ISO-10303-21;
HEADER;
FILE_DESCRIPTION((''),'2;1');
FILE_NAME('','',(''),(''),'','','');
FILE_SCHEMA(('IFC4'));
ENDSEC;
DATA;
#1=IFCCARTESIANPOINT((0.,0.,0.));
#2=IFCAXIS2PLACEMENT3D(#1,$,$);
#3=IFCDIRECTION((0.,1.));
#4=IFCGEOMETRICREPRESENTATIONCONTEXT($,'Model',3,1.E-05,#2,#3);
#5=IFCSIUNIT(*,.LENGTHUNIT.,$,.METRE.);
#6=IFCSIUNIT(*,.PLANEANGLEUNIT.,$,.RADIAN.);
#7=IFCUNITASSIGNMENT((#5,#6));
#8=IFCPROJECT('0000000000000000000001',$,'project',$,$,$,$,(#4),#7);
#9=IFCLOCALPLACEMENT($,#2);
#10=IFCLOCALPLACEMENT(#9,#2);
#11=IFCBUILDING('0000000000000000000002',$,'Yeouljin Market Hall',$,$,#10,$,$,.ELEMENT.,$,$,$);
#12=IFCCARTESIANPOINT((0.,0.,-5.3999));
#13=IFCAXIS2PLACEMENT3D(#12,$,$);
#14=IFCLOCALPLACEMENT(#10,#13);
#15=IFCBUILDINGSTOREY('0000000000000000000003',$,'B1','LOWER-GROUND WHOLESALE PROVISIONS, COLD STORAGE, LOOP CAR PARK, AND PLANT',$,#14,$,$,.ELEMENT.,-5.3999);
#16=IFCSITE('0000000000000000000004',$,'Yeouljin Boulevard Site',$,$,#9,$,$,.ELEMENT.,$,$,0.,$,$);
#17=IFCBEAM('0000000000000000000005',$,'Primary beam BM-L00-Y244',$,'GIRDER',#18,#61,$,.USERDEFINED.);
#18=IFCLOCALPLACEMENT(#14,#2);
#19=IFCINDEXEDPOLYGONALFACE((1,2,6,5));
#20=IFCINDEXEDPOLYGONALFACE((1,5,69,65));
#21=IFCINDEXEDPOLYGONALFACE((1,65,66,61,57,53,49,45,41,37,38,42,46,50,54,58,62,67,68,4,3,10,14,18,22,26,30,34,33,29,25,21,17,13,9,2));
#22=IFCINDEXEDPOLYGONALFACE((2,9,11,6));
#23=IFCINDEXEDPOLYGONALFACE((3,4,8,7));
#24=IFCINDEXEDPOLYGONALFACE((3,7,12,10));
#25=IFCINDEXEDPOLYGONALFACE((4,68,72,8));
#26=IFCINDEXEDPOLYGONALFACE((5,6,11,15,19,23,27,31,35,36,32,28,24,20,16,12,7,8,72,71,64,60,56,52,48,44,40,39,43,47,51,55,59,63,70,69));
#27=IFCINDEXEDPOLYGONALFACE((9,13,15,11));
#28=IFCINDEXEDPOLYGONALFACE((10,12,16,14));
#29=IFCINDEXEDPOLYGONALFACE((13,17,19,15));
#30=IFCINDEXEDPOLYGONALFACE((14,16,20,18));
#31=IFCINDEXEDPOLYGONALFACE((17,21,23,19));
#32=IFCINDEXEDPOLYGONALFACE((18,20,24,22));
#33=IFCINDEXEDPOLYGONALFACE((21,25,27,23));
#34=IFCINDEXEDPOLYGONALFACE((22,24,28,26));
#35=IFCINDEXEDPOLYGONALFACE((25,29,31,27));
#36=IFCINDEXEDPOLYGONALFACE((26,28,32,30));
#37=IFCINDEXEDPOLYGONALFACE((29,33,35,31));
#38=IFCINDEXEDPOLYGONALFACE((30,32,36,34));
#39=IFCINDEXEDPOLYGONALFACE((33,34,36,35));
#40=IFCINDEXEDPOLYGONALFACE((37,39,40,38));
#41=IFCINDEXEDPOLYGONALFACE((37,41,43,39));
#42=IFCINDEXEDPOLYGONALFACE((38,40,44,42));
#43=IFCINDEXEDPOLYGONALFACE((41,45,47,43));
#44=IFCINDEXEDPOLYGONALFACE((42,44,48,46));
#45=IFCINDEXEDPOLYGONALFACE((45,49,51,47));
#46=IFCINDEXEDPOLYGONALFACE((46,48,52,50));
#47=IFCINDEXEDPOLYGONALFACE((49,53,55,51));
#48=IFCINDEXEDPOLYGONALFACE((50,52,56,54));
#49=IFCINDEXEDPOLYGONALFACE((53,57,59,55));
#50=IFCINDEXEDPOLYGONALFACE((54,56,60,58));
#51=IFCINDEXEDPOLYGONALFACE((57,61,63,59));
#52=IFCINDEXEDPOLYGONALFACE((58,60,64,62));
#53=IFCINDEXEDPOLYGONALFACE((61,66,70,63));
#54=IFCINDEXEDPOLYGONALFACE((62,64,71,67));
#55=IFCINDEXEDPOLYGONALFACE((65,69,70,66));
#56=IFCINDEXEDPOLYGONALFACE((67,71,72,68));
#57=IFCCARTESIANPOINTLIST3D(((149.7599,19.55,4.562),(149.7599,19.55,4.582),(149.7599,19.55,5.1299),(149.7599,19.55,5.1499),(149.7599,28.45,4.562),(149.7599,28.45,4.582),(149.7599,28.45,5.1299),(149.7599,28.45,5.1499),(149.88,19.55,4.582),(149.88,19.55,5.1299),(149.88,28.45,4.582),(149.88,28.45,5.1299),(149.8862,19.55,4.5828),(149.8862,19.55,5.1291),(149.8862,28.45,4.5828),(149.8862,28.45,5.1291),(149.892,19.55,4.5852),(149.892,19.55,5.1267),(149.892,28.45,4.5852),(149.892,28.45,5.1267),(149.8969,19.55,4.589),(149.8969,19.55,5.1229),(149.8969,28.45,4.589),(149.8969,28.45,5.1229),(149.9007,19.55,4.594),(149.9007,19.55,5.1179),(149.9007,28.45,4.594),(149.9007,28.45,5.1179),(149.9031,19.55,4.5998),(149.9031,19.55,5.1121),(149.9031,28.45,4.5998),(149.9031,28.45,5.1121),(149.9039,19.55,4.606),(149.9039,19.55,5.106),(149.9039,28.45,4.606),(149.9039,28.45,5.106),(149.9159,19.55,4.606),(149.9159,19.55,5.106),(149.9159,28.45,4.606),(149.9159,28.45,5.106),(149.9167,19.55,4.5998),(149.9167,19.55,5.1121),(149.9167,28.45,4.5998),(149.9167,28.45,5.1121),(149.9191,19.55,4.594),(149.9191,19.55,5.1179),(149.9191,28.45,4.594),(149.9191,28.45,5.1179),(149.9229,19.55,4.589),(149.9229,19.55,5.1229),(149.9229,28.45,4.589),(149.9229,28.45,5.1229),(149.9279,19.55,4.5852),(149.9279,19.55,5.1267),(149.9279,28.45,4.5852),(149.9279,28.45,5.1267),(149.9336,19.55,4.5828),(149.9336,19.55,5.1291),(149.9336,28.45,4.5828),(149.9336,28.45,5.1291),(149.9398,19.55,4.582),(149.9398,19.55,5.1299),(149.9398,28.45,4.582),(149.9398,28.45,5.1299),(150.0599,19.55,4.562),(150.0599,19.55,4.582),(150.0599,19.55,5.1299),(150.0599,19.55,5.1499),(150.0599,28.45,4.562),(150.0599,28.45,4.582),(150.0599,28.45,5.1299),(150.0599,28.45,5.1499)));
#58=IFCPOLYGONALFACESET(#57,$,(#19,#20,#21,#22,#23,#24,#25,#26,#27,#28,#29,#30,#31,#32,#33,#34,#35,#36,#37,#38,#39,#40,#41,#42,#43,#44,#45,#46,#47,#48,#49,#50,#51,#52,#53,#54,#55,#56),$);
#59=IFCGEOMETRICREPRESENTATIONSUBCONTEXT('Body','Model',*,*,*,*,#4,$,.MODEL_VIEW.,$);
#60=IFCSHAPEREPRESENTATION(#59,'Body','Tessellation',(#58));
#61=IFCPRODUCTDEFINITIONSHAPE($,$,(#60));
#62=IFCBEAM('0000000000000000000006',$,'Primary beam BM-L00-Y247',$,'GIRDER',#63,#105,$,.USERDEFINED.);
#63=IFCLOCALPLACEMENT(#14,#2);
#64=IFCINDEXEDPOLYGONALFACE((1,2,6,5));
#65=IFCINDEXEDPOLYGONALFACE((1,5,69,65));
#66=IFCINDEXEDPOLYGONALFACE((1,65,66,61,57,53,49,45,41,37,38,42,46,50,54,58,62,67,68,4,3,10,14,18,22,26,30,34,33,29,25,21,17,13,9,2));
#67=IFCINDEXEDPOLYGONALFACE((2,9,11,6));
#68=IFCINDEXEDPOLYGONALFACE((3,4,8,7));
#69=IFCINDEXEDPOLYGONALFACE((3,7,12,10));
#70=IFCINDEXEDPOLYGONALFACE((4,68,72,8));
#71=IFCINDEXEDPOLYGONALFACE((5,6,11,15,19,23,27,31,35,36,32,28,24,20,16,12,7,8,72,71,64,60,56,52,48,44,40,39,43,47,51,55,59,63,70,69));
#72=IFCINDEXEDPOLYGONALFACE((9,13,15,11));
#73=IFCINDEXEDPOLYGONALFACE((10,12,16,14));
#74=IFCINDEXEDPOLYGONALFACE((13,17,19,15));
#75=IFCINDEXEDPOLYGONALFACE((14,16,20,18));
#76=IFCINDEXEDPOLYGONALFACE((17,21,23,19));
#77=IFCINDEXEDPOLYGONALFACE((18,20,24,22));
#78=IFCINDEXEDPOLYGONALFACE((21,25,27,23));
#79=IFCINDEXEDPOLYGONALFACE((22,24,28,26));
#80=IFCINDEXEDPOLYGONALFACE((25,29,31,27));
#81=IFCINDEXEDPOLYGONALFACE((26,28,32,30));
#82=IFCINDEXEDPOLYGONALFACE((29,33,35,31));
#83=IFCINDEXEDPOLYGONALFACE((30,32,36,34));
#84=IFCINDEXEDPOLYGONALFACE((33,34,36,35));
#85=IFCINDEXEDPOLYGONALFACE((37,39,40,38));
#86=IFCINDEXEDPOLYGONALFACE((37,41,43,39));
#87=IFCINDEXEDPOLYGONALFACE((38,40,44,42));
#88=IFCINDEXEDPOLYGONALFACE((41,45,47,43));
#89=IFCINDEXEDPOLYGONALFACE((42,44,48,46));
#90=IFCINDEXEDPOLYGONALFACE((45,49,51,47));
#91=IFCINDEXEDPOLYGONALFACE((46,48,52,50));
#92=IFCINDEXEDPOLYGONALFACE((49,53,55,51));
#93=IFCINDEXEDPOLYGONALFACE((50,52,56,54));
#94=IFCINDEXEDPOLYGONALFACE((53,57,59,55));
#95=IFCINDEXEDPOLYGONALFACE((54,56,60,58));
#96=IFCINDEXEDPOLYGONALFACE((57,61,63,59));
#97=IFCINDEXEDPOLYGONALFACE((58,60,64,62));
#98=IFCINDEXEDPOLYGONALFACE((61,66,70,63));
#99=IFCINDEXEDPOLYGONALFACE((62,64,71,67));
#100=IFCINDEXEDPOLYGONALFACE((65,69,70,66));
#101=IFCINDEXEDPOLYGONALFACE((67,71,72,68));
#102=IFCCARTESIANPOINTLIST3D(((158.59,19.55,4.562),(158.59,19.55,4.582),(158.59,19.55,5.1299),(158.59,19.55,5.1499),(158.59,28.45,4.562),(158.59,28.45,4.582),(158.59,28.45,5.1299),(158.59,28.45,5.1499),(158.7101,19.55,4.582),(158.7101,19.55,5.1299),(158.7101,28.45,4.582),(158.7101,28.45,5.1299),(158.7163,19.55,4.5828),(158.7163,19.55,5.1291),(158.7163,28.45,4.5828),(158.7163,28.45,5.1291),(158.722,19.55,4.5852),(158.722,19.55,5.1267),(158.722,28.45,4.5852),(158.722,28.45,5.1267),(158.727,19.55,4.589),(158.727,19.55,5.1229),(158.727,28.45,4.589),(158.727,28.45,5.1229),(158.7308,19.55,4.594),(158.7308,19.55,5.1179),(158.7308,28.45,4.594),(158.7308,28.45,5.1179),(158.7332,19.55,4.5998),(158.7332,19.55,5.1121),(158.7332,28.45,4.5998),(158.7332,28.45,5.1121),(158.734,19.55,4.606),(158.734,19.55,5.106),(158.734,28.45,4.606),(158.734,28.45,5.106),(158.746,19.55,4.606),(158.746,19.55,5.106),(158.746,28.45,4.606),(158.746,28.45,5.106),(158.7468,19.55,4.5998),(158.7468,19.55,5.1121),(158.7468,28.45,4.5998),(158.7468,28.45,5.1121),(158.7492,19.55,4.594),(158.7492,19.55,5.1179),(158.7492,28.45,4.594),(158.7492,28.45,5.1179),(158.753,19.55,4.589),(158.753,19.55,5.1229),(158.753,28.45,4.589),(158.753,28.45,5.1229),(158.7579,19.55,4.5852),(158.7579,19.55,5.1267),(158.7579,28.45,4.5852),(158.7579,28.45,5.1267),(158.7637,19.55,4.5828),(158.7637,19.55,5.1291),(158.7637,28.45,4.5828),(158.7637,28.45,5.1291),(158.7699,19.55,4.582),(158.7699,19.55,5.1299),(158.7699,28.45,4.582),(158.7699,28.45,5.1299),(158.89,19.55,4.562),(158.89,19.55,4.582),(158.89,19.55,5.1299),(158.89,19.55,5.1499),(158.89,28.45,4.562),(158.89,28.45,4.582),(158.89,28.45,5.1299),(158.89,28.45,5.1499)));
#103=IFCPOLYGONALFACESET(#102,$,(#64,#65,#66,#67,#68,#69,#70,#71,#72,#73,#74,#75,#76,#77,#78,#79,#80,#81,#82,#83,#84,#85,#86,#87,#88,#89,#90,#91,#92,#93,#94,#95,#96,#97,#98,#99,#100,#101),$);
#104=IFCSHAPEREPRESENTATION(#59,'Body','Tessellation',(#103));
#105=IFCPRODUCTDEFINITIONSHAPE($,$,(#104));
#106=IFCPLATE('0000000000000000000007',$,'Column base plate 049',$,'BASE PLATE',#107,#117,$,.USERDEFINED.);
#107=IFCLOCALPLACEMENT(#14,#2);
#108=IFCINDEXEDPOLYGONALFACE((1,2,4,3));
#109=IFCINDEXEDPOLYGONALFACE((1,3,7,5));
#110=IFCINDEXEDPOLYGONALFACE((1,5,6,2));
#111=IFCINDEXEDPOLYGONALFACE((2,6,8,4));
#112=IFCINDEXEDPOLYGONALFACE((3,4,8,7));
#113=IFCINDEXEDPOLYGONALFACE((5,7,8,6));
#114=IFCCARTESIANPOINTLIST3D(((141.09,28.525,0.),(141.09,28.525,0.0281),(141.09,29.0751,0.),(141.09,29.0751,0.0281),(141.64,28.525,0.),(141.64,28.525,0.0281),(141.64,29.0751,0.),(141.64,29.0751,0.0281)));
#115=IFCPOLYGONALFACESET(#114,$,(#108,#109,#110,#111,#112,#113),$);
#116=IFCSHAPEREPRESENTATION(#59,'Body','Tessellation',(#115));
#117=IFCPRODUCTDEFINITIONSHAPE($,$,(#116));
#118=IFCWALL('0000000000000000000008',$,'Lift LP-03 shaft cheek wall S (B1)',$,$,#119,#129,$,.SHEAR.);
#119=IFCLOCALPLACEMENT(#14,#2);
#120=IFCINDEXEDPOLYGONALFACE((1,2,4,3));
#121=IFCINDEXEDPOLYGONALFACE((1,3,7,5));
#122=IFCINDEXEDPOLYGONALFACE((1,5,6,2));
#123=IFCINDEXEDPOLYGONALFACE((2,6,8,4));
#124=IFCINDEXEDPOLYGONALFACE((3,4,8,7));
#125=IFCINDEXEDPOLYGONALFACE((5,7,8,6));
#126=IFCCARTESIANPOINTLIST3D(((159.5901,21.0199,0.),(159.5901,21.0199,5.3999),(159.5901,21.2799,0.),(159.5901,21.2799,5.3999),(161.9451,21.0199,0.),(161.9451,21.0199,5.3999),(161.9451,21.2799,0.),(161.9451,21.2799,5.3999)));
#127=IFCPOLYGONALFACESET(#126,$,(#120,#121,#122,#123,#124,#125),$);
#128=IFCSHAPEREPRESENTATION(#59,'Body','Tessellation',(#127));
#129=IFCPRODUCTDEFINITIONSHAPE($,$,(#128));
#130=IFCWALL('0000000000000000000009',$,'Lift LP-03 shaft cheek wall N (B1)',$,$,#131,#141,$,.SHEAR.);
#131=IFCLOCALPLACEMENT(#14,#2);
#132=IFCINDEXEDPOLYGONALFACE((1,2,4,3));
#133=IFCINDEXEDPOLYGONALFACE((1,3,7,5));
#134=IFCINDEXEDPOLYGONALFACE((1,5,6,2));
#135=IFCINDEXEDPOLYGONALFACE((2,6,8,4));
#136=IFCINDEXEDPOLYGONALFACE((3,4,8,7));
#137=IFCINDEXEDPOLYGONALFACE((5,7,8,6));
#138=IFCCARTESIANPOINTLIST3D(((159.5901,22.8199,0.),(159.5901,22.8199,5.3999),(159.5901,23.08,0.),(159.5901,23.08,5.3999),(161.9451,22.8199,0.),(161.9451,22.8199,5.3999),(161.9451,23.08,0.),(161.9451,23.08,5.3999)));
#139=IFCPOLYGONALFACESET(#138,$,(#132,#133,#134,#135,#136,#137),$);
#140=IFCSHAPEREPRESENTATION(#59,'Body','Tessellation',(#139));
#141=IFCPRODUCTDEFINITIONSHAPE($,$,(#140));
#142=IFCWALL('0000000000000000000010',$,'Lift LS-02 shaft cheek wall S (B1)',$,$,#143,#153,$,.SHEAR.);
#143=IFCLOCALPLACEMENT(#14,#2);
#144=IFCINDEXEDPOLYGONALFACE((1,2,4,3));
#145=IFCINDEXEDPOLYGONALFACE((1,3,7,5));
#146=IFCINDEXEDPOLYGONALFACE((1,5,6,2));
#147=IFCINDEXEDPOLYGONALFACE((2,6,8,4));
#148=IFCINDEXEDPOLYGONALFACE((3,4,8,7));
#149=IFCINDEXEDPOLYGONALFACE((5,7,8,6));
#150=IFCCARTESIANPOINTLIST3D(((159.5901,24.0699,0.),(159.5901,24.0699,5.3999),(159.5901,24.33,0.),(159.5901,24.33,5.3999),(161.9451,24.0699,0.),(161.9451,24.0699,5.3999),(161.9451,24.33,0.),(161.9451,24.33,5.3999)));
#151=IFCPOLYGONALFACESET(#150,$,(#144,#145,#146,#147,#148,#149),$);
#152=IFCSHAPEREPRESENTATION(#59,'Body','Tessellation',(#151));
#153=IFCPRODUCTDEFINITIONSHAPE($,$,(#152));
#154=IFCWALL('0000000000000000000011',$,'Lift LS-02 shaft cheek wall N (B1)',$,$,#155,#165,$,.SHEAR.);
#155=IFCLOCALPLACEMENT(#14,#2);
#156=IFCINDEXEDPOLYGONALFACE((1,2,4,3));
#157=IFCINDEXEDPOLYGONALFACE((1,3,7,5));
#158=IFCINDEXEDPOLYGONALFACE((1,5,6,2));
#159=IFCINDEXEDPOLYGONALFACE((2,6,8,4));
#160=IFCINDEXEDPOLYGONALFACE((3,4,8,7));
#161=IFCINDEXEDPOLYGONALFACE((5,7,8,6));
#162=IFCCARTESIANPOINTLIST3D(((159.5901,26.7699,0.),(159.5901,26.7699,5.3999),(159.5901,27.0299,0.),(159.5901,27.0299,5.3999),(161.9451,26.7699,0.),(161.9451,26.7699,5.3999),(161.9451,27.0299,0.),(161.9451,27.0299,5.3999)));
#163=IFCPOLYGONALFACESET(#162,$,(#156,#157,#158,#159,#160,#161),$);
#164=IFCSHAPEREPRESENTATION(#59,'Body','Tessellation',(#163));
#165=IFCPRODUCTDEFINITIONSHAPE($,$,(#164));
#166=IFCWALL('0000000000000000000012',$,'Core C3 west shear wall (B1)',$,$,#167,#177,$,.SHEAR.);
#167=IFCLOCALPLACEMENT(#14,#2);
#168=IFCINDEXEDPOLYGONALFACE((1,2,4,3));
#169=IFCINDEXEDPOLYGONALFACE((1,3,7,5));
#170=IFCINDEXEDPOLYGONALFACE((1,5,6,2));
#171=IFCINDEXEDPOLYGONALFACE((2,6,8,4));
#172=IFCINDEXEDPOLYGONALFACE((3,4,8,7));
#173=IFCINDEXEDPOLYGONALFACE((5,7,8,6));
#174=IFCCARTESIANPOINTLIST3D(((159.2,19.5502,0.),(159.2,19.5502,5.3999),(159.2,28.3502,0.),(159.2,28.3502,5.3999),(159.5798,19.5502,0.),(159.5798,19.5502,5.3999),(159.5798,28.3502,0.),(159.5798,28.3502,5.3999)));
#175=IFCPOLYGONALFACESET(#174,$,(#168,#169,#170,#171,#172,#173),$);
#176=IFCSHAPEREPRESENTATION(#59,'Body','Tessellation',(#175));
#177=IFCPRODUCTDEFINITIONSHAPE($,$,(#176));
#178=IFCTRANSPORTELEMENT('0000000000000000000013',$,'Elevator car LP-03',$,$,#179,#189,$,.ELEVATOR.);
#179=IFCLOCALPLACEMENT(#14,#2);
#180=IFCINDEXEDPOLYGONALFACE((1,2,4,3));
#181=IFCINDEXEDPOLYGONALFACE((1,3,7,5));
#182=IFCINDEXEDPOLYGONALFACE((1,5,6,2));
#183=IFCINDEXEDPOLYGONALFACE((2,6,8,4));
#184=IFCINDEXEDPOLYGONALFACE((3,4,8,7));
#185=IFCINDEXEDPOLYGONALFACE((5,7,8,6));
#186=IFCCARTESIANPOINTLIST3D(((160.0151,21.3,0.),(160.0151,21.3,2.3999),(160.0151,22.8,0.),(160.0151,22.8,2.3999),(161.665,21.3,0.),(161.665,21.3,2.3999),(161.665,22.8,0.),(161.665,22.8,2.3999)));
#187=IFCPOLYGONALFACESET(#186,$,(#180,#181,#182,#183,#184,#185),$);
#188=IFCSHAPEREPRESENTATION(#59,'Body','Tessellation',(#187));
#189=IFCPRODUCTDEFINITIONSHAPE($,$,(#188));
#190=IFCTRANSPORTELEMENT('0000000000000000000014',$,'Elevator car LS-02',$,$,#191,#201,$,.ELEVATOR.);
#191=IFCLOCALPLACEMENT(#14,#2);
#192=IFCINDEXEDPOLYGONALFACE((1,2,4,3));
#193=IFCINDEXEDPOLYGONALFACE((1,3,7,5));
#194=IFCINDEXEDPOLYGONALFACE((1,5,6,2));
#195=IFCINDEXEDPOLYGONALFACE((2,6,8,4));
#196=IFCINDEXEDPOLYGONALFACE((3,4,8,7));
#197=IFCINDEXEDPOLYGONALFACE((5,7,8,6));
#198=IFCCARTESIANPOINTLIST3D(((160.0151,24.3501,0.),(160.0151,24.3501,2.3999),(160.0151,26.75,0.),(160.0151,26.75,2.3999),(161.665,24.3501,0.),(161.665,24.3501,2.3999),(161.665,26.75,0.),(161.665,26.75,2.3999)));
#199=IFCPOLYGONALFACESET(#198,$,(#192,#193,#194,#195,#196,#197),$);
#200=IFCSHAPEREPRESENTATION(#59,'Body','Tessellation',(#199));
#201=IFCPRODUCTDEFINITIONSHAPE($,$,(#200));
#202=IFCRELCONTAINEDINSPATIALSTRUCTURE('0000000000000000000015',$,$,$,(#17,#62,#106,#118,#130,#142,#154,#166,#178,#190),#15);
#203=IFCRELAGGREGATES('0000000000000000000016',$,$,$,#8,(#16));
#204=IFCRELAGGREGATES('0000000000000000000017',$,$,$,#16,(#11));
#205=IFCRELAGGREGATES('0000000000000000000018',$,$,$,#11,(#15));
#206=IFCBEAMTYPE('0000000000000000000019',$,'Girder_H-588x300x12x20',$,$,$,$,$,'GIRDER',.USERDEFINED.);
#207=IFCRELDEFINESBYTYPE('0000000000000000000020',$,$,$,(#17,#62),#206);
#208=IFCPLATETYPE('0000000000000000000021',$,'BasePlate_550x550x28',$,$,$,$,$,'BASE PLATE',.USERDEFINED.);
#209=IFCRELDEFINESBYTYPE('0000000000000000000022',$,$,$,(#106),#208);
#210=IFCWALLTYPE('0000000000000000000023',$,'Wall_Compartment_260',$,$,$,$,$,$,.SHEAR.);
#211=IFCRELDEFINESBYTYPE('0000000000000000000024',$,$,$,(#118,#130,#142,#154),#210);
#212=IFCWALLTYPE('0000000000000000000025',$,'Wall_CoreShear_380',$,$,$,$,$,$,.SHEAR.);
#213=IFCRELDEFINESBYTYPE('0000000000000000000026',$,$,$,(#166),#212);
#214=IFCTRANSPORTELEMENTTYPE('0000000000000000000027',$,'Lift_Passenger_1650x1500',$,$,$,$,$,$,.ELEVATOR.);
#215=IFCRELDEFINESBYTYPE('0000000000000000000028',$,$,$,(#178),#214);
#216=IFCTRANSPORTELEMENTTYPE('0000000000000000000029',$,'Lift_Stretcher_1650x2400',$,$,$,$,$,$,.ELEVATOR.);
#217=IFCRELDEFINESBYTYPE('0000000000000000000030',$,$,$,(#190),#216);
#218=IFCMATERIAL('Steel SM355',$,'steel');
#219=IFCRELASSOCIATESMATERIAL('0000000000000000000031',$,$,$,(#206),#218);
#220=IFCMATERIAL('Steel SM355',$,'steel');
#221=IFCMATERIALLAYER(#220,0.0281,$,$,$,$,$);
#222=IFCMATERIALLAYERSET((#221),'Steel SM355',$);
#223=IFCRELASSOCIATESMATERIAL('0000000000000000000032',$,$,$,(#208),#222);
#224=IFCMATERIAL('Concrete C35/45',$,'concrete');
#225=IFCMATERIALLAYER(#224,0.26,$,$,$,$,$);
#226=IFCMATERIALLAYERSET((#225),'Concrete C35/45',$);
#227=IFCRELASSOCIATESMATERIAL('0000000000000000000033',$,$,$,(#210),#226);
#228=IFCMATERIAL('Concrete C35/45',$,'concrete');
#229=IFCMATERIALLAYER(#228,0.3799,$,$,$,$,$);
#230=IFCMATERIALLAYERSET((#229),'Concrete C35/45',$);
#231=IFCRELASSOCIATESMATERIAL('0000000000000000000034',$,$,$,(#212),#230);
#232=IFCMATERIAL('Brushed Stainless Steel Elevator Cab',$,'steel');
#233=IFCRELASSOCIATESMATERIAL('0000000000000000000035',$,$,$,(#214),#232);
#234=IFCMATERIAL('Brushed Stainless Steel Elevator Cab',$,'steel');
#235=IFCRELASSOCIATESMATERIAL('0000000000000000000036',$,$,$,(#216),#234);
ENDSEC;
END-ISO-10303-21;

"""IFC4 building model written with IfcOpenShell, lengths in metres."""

from ifc_helpers import new_model, si_unit, direction, frame, frame_2d, origin, origin_2d, place, context, subcontext, project, spatial, rectangle, i_section, extrude, material, layer, layer_set, material_profile, profile_set, type_object, element, save


model = new_model("IFC4")

# Units and contexts
model_context = context("Model", 3, precision=1e-05, world=origin(), true_north=direction((0.0, 1.0)))
body_context = subcontext(model_context, "Body", "Model", "MODEL_VIEW")
ifc_project = project(units=[si_unit("LENGTHUNIT", "METRE"), si_unit("PLANEANGLEUNIT", "RADIAN")], contexts=[model_context])

# Site, building, storey
site_placement = place(None, origin())
site = spatial("IfcSite", under=ifc_project, at=site_placement, Name="Yeouljin Boulevard Site", CompositionType="ELEMENT", RefElevation=0.0)
building_placement = place(site_placement, origin())
building = spatial("IfcBuilding", under=site, at=building_placement, Name="Yeouljin Market Hall", CompositionType="ELEMENT")
storey_placement = place(building_placement, frame((0.0, 0.0, -5.3999)))
storey = spatial("IfcBuildingStorey", under=building, at=storey_placement, Name="B1", Description="LOWER-GROUND WHOLESALE PROVISIONS, COLD STORAGE, LOOP CAR PARK, AND PLANT", CompositionType="ELEMENT", Elevation=-5.3999)

# Beams
ifc_material_1 = material(Name="Steel SM355", Category="steel")
ifc_material_profile_1 = material_profile(ifc_material_1, i_section(OverallWidth=0.3, OverallDepth=0.5879, WebThickness=0.012, FlangeThickness=0.02, FilletRadius=0.0239, at=origin_2d()), Name="H-588x300x12x20")
ifc_profile_set_1 = profile_set([ifc_material_profile_1], Name="Steel SM355")
beam_type = type_object("IfcBeamType", Name="Girder_H-588x300x12x20", ElementType="GIRDER", PredefinedType="USERDEFINED", material=ifc_profile_set_1)
for number, where, z_axis, x_axis, name in (
    (1, (149.9099, 19.55, 4.856), (0.0, 1.0, 0.0), (-1.0, 0.0, 0.0), "Primary beam BM-L00-Y244"),
    (2, (158.74, 19.55, 4.856), (0.0, 1.0, 0.0), (-1.0, 0.0, 0.0), "Primary beam BM-L00-Y247"),
):
    element("IfcBeam", number, at=place(storey_placement, frame(where, z_axis=z_axis, x_axis=x_axis)), inside=storey, type_object=beam_type, Name=name, ObjectType="GIRDER", PredefinedType="USERDEFINED", context=body_context, shape_type="SweptSolid", body=[
        extrude(i_section(OverallWidth=0.3, OverallDepth=0.5879, WebThickness=0.012, FlangeThickness=0.02, FilletRadius=0.0239, at=origin_2d()), origin(), (0.0, 0.0, 1.0), 8.8999),
    ])

# Plate
ifc_material_2 = material(Name="Steel SM355", Category="steel")
ifc_layer_1 = layer(ifc_material_2, 0.0281)
ifc_layer_set_1 = layer_set([ifc_layer_1], Name="Steel SM355")
plate_type = type_object("IfcPlateType", Name="BasePlate_550x550x28", ElementType="BASE PLATE", PredefinedType="USERDEFINED", material=ifc_layer_set_1)
plate_placement = place(storey_placement, frame((141.365, 28.8, 0.0), z_axis=(0.0, 0.0, 1.0), x_axis=(1.0, 0.0, 0.0)))
element("IfcPlate", 3, at=plate_placement, inside=storey, type_object=plate_type, Name="Column base plate 049", ObjectType="BASE PLATE", PredefinedType="USERDEFINED", context=body_context, shape_type="SweptSolid", body=[
    extrude(rectangle(XDim=0.55, YDim=0.55, at=origin_2d()), origin(), (0.0, 0.0, 1.0), 0.0281),
])

# Walls
ifc_material_3 = material(Name="Concrete C35/45", Category="concrete")
ifc_layer_2 = layer(ifc_material_3, 0.26)
ifc_layer_set_2 = layer_set([ifc_layer_2], Name="Concrete C35/45")
wall_type_1 = type_object("IfcWallType", Name="Wall_Compartment_260", PredefinedType="SHEAR", material=ifc_layer_set_2)
for number, where, z_axis, x_axis, name in (
    (4, (159.5901, 21.1499, 0.0), (0.0, 0.0, 1.0), (1.0, 0.0, 0.0), "Lift LP-03 shaft cheek wall S (B1)"),
    (5, (159.5901, 22.95, 0.0), (0.0, 0.0, 1.0), (1.0, 0.0, 0.0), "Lift LP-03 shaft cheek wall N (B1)"),
    (6, (159.5901, 24.2, 0.0), (0.0, 0.0, 1.0), (1.0, 0.0, 0.0), "Lift LS-02 shaft cheek wall S (B1)"),
    (7, (159.5901, 26.8999, 0.0), (0.0, 0.0, 1.0), (1.0, 0.0, 0.0), "Lift LS-02 shaft cheek wall N (B1)"),
):
    element("IfcWall", number, at=place(storey_placement, frame(where, z_axis=z_axis, x_axis=x_axis)), inside=storey, type_object=wall_type_1, Name=name, PredefinedType="SHEAR", context=body_context, shape_type="SweptSolid", body=[
        extrude(rectangle(XDim=2.355, YDim=0.26, at=frame_2d((1.1775, 0.0))), origin(), (0.0, 0.0, 1.0), 5.3999),
    ])

# Shared definitions
ifc_material_4 = material(Name="Concrete C35/45", Category="concrete")
ifc_layer_3 = layer(ifc_material_4, 0.3799)
ifc_layer_set_3 = layer_set([ifc_layer_3], Name="Concrete C35/45")
wall_type_2 = type_object("IfcWallType", Name="Wall_CoreShear_380", PredefinedType="SHEAR", material=ifc_layer_set_3)

# Wall
wall_1_placement = place(storey_placement, frame((159.3899, 28.3501, 0.0), z_axis=(0.0, 0.0, 1.0), x_axis=(0.0, -1.0, 0.0)))
element("IfcWall", 8, at=wall_1_placement, inside=storey, type_object=wall_type_2, Name="Core C3 west shear wall (B1)", PredefinedType="SHEAR", context=body_context, shape_type="SweptSolid", body=[
    extrude(rectangle(XDim=8.8, YDim=0.3799, at=frame_2d((4.3999, 0.0))), origin(), (0.0, 0.0, 1.0), 5.3999),
])

# Transport elements
ifc_material_5 = material(Name="Brushed Stainless Steel Elevator Cab", Category="steel")
transport_element_type_1 = type_object("IfcTransportElementType", Name="Lift_Passenger_1650x1500", PredefinedType="ELEVATOR", material=ifc_material_5)
transport_element_1_placement = place(storey_placement, frame((160.8401, 22.05, 0.0), z_axis=(0.0, 0.0, 1.0), x_axis=(1.0, 0.0, 0.0)))
element("IfcTransportElement", 9, at=transport_element_1_placement, inside=storey, type_object=transport_element_type_1, Name="Elevator car LP-03", PredefinedType="ELEVATOR", context=body_context, shape_type="SweptSolid", body=[
    extrude(rectangle(XDim=1.6499, YDim=1.5, at=origin_2d()), origin(), (0.0, 0.0, 1.0), 2.3999),
])
ifc_material_6 = material(Name="Brushed Stainless Steel Elevator Cab", Category="steel")
transport_element_type_2 = type_object("IfcTransportElementType", Name="Lift_Stretcher_1650x2400", PredefinedType="ELEVATOR", material=ifc_material_6)
transport_element_2_placement = place(storey_placement, frame((160.8401, 25.55, 0.0), z_axis=(0.0, 0.0, 1.0), x_axis=(1.0, 0.0, 0.0)))
element("IfcTransportElement", 10, at=transport_element_2_placement, inside=storey, type_object=transport_element_type_2, Name="Elevator car LS-02", PredefinedType="ELEVATOR", context=body_context, shape_type="SweptSolid", body=[
    extrude(rectangle(XDim=1.6499, YDim=2.3999, at=origin_2d()), origin(), (0.0, 0.0, 1.0), 2.3999),
])

save(model, "model.ifc")
